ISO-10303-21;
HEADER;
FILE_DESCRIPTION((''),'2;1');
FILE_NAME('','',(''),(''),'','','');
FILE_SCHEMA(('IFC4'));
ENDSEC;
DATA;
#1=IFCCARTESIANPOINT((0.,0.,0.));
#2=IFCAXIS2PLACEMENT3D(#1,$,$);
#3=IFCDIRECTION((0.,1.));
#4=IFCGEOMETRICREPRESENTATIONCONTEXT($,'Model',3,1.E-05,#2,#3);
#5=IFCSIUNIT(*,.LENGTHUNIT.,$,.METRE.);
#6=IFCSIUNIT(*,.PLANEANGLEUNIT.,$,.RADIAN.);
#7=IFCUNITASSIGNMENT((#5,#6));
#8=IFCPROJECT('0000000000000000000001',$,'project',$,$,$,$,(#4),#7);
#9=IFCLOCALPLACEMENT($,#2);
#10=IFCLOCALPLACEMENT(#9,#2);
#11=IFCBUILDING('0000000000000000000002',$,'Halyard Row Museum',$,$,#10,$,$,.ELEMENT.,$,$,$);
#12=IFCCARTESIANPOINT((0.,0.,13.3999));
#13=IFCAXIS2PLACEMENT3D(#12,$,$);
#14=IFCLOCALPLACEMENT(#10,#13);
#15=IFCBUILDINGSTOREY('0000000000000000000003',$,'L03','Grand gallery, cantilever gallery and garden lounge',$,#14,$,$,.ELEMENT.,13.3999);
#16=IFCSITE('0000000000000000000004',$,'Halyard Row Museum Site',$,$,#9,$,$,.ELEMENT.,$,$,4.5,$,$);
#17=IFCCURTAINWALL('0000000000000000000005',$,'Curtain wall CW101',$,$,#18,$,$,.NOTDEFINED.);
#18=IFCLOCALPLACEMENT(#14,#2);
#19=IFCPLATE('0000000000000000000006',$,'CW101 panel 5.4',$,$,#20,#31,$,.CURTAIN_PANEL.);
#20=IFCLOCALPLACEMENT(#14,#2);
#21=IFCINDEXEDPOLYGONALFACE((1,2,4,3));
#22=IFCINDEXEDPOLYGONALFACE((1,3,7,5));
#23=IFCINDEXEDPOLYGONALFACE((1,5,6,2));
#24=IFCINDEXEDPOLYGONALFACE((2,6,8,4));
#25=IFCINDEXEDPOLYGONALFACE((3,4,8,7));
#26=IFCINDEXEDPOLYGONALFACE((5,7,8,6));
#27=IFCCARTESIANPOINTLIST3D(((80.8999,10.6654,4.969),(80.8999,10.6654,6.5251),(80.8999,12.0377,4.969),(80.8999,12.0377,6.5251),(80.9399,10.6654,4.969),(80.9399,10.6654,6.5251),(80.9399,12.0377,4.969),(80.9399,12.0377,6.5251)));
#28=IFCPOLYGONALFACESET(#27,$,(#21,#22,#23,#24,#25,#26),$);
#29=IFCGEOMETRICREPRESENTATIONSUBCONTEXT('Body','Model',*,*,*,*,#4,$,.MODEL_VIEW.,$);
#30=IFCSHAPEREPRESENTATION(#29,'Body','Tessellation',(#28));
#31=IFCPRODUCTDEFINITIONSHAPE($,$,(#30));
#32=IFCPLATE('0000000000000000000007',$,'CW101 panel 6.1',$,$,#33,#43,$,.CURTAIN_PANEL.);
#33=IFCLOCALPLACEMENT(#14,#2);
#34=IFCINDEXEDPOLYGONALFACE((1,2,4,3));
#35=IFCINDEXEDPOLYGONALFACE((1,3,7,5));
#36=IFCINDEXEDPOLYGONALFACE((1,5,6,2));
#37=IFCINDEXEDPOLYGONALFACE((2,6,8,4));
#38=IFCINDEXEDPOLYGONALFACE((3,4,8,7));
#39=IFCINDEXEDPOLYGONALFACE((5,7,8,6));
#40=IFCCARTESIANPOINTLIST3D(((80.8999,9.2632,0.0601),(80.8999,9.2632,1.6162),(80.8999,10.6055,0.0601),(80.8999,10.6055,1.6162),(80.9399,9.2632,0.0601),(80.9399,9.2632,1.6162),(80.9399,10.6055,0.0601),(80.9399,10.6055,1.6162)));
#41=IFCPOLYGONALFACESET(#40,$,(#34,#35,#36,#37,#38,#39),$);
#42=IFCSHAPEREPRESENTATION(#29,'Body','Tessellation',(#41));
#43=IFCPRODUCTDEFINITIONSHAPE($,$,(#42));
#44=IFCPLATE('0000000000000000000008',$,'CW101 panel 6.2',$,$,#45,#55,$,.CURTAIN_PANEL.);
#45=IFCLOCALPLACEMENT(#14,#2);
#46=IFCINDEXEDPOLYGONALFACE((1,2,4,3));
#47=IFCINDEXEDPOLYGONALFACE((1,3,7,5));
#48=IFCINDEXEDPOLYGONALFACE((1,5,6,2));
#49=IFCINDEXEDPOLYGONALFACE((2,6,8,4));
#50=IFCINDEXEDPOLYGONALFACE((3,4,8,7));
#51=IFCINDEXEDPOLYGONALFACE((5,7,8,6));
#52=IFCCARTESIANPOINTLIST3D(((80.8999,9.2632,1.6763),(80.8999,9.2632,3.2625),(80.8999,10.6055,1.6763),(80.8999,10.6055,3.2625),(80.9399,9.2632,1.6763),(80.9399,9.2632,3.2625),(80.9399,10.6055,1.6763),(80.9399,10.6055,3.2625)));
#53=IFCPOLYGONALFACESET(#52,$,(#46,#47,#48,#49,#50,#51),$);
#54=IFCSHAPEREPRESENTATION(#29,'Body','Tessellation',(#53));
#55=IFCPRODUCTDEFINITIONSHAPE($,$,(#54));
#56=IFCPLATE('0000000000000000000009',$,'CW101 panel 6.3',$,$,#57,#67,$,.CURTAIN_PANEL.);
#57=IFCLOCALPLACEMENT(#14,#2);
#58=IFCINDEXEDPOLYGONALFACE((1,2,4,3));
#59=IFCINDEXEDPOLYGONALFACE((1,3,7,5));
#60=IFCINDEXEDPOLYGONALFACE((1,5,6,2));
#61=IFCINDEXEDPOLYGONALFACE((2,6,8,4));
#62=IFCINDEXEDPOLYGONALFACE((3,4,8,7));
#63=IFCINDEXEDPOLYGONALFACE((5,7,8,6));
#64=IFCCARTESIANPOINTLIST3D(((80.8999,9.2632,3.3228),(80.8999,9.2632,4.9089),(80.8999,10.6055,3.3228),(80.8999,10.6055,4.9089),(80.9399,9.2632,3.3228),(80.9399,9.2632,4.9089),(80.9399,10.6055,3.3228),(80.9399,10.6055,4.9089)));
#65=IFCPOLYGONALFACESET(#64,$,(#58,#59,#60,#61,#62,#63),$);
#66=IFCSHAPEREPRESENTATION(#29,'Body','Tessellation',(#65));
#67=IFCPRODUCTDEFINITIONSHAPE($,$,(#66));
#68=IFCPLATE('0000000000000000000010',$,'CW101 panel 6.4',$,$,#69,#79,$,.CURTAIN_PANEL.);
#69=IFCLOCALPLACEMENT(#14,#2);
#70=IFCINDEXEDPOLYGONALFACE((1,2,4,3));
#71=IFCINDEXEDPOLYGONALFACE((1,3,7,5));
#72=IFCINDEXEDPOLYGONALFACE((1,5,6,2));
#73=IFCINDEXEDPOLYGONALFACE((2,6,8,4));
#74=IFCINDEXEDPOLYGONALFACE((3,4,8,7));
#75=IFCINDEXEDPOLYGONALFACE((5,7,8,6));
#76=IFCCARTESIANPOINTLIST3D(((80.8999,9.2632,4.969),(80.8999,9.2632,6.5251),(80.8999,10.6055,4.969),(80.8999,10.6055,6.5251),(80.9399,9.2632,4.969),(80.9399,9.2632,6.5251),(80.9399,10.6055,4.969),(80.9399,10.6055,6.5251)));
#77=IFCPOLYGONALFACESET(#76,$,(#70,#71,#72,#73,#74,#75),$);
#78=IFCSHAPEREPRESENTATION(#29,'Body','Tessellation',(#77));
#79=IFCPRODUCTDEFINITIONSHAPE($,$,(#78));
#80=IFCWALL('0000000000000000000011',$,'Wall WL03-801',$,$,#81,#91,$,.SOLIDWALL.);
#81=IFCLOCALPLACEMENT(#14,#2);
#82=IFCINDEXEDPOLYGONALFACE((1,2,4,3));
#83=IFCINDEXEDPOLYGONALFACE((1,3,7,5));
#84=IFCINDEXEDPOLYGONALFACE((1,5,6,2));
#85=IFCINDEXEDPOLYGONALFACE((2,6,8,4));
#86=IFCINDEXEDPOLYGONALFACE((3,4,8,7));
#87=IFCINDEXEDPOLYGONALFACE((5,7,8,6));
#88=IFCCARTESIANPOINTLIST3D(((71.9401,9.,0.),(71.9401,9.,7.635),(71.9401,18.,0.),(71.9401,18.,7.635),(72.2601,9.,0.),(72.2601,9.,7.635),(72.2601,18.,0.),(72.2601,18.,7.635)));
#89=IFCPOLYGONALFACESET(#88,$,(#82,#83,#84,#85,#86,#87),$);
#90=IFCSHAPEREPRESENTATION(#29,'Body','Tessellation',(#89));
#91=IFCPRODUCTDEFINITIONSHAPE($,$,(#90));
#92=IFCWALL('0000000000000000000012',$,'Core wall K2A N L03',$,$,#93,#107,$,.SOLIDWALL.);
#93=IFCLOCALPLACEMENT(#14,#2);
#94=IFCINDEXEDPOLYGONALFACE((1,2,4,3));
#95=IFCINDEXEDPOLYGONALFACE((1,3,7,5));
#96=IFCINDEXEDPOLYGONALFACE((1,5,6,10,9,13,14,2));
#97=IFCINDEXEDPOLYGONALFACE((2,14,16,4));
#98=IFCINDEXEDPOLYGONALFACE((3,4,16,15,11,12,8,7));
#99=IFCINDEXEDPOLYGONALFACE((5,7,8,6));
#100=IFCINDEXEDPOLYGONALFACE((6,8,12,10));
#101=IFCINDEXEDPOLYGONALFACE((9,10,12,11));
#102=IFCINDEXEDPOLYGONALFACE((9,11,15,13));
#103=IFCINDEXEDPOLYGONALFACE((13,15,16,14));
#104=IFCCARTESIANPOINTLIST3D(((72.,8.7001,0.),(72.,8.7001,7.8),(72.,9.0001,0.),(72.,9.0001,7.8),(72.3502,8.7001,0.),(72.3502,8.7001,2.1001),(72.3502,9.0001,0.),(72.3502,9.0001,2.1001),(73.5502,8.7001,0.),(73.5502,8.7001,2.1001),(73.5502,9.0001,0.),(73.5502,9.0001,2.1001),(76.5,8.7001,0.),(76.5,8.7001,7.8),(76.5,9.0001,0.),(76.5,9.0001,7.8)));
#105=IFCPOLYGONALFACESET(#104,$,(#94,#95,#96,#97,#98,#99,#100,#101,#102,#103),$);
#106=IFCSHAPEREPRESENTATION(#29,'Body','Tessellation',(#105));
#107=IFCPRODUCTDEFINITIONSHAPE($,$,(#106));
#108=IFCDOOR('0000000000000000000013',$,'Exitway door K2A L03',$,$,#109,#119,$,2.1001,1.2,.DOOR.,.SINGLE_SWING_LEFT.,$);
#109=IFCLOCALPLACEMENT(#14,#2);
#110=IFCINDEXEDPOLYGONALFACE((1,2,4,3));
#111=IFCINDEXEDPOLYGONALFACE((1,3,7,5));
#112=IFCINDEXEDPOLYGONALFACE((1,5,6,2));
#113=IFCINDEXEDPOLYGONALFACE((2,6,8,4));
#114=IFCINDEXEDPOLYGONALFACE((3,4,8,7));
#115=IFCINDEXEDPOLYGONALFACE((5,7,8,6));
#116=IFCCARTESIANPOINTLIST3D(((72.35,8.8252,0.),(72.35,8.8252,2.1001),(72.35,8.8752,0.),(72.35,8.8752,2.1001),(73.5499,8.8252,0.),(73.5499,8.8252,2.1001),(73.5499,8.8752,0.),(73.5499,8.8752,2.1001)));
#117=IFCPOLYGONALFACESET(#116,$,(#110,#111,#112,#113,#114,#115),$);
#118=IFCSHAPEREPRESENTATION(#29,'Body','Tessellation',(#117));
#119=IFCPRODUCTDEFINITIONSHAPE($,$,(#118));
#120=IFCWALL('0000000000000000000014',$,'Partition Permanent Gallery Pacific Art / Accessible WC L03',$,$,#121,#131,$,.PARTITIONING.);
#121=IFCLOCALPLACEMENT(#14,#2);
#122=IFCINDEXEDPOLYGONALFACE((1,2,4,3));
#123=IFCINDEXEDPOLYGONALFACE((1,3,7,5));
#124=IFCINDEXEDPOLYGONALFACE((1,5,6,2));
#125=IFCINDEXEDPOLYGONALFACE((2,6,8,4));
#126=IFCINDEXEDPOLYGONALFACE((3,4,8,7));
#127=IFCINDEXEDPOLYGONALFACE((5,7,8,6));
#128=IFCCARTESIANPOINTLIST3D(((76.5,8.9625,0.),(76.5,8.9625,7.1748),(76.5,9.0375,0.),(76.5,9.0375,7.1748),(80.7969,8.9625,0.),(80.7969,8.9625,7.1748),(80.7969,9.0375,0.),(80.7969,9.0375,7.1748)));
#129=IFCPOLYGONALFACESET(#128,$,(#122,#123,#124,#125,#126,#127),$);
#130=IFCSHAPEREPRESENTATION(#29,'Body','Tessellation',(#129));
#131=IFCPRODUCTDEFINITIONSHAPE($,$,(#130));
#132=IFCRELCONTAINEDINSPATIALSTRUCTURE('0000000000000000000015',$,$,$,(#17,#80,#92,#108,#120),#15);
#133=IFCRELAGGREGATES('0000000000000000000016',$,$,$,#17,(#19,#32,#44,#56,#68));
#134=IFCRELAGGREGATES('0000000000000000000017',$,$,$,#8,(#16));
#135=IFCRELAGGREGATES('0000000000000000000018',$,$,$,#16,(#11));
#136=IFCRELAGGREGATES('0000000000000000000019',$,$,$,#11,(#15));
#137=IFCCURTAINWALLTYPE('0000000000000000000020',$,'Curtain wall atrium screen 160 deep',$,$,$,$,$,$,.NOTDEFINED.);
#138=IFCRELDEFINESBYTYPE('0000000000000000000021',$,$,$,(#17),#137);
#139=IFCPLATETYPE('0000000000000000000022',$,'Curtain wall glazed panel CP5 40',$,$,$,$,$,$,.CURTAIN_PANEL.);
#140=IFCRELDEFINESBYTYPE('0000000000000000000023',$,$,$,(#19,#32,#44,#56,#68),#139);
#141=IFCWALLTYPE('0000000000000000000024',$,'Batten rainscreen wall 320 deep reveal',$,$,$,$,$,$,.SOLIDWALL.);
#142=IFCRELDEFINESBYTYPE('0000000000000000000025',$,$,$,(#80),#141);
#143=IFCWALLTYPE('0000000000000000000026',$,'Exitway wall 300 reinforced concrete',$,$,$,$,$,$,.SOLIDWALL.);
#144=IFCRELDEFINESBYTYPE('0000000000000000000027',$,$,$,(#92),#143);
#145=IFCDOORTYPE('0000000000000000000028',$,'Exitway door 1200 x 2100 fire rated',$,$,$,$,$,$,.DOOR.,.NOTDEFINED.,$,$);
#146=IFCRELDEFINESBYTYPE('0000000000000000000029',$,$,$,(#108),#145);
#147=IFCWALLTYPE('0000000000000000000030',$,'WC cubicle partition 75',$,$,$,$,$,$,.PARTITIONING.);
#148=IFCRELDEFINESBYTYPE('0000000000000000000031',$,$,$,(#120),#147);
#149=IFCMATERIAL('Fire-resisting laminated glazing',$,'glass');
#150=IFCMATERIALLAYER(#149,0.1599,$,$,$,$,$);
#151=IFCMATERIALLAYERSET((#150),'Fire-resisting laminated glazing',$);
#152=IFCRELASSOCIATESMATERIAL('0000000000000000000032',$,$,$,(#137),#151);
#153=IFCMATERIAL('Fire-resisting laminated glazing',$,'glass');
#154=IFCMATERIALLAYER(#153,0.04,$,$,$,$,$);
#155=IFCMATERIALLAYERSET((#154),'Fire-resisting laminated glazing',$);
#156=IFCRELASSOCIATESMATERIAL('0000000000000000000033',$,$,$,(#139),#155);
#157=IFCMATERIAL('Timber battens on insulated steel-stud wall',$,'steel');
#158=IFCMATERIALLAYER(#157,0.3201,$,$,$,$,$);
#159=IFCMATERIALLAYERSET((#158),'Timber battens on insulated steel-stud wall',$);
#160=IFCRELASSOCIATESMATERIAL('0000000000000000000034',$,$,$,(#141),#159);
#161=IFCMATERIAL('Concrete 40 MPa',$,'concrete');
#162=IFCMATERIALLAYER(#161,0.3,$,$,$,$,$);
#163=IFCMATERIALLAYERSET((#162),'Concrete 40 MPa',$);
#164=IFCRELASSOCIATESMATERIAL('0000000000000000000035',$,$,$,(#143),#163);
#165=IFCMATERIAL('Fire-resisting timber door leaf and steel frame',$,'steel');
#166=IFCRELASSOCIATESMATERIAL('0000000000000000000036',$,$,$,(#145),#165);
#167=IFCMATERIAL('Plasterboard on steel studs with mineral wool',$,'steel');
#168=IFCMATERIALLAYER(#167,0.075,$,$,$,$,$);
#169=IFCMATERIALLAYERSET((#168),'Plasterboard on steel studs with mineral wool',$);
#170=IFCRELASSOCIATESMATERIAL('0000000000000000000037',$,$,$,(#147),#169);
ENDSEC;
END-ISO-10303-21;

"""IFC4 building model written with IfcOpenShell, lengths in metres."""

from ifc_helpers import new_model, si_unit, direction, frame, frame_2d, origin, origin_2d, place, context, subcontext, project, spatial, rectangle, extrude, material, layer, layer_set, type_object, element, fill, aggregate, save


model = new_model("IFC4")

# Units and contexts
model_context = context("Model", 3, precision=1e-05, world=origin(), true_north=direction((0.0, 1.0)))
body_context = subcontext(model_context, "Body", "Model", "MODEL_VIEW")
ifc_project = project(units=[si_unit("LENGTHUNIT", "METRE"), si_unit("PLANEANGLEUNIT", "RADIAN")], contexts=[model_context])

# Site, building, storey
site_placement = place(None, origin())
site = spatial("IfcSite", under=ifc_project, at=site_placement, Name="Halyard Row Museum Site", CompositionType="ELEMENT", RefElevation=4.5)
building_placement = place(site_placement, origin())
building = spatial("IfcBuilding", under=site, at=building_placement, Name="Halyard Row Museum", CompositionType="ELEMENT")
storey_placement = place(building_placement, frame((0.0, 0.0, 13.3999)))
storey = spatial("IfcBuildingStorey", under=building, at=storey_placement, Name="L03", Description="Grand gallery, cantilever gallery and garden lounge", CompositionType="ELEMENT", Elevation=13.3999)

# Curtain wall
ifc_material_1 = material(Name="Fire-resisting laminated glazing", Category="glass")
ifc_layer_1 = layer(ifc_material_1, 0.1599)
ifc_layer_set_1 = layer_set([ifc_layer_1], Name="Fire-resisting laminated glazing")
curtain_wall_type = type_object("IfcCurtainWallType", Name="Curtain wall atrium screen 160 deep", PredefinedType="NOTDEFINED", material=ifc_layer_set_1)
curtain_wall_placement = place(storey_placement, origin())
curtain_wall = element("IfcCurtainWall", 1, at=curtain_wall_placement, inside=storey, type_object=curtain_wall_type, Name="Curtain wall CW101", PredefinedType="NOTDEFINED")

# Plates
ifc_material_2 = material(Name="Fire-resisting laminated glazing", Category="glass")
ifc_layer_2 = layer(ifc_material_2, 0.04)
ifc_layer_set_2 = layer_set([ifc_layer_2], Name="Fire-resisting laminated glazing")
plate_type = type_object("IfcPlateType", Name="Curtain wall glazed panel CP5 40", PredefinedType="CURTAIN_PANEL", material=ifc_layer_set_2)
plate_1_placement = place(storey_placement, frame((80.9199, 11.3516, 4.969), z_axis=(0.0, 0.0, 1.0), x_axis=(0.0, -1.0, 0.0)))
plate_1 = element("IfcPlate", 2, at=plate_1_placement, type_object=plate_type, Name="CW101 panel 5.4", PredefinedType="CURTAIN_PANEL", context=body_context, shape_type="SweptSolid", body=[
    extrude(rectangle(XDim=1.3723, YDim=0.04, at=origin_2d()), origin(), (0.0, 0.0, 1.0), 1.5562),
])
plate_2_placement = place(storey_placement, frame((80.9199, 9.9343, 0.0601), z_axis=(0.0, 0.0, 1.0), x_axis=(0.0, -1.0, 0.0)))
plate_2 = element("IfcPlate", 3, at=plate_2_placement, type_object=plate_type, Name="CW101 panel 6.1", PredefinedType="CURTAIN_PANEL", context=body_context, shape_type="SweptSolid", body=[
    extrude(rectangle(XDim=1.3423, YDim=0.04, at=origin_2d()), origin(), (0.0, 0.0, 1.0), 1.5562),
])
plate_3_placement = place(storey_placement, frame((80.9199, 9.9343, 1.6763), z_axis=(0.0, 0.0, 1.0), x_axis=(0.0, -1.0, 0.0)))
plate_3 = element("IfcPlate", 4, at=plate_3_placement, type_object=plate_type, Name="CW101 panel 6.2", PredefinedType="CURTAIN_PANEL", context=body_context, shape_type="SweptSolid", body=[
    extrude(rectangle(XDim=1.3423, YDim=0.04, at=origin_2d()), origin(), (0.0, 0.0, 1.0), 1.5862),
])
plate_4_placement = place(storey_placement, frame((80.9199, 9.9343, 3.3228), z_axis=(0.0, 0.0, 1.0), x_axis=(0.0, -1.0, 0.0)))
plate_4 = element("IfcPlate", 5, at=plate_4_placement, type_object=plate_type, Name="CW101 panel 6.3", PredefinedType="CURTAIN_PANEL", context=body_context, shape_type="SweptSolid", body=[
    extrude(rectangle(XDim=1.3423, YDim=0.04, at=origin_2d()), origin(), (0.0, 0.0, 1.0), 1.5862),
])
plate_5_placement = place(storey_placement, frame((80.9199, 9.9343, 4.969), z_axis=(0.0, 0.0, 1.0), x_axis=(0.0, -1.0, 0.0)))
plate_5 = element("IfcPlate", 6, at=plate_5_placement, type_object=plate_type, Name="CW101 panel 6.4", PredefinedType="CURTAIN_PANEL", context=body_context, shape_type="SweptSolid", body=[
    extrude(rectangle(XDim=1.3423, YDim=0.04, at=origin_2d()), origin(), (0.0, 0.0, 1.0), 1.5562),
])
aggregate(curtain_wall, [plate_1, plate_2, plate_3, plate_4, plate_5])

# Wall
ifc_material_3 = material(Name="Timber battens on insulated steel-stud wall", Category="steel")
ifc_layer_3 = layer(ifc_material_3, 0.3201)
ifc_layer_set_3 = layer_set([ifc_layer_3], Name="Timber battens on insulated steel-stud wall")
wall_type_1 = type_object("IfcWallType", Name="Batten rainscreen wall 320 deep reveal", PredefinedType="SOLIDWALL", material=ifc_layer_set_3)
wall_1_placement = place(storey_placement, frame((72.1001, 9.0, 0.0), z_axis=(0.0, 0.0, 1.0), x_axis=(0.0, 1.0, 0.0)))
element("IfcWall", 7, at=wall_1_placement, inside=storey, type_object=wall_type_1, Name="Wall WL03-801", PredefinedType="SOLIDWALL", context=body_context, shape_type="SweptSolid", body=[
    extrude(rectangle(XDim=9.0, YDim=0.3201, at=frame_2d((4.5, 0.0))), origin(), (0.0, 0.0, 1.0), 7.635),
])

# Wall, opening, door
ifc_material_4 = material(Name="Concrete 40 MPa", Category="concrete")
ifc_layer_4 = layer(ifc_material_4, 0.3)
ifc_layer_set_4 = layer_set([ifc_layer_4], Name="Concrete 40 MPa")
wall_type_2 = type_object("IfcWallType", Name="Exitway wall 300 reinforced concrete", PredefinedType="SOLIDWALL", material=ifc_layer_set_4)
wall_2_placement = place(storey_placement, frame((72.0, 8.8501, 0.0), z_axis=(0.0, 0.0, 1.0), x_axis=(1.0, 0.0, 0.0)))
wall_2 = element("IfcWall", 8, at=wall_2_placement, inside=storey, type_object=wall_type_2, Name="Core wall K2A N L03", PredefinedType="SOLIDWALL", context=body_context, shape_type="SweptSolid", body=[
    extrude(rectangle(XDim=4.5, YDim=0.3, at=frame_2d((2.25, 0.0))), origin(), (0.0, 0.0, 1.0), 7.8),
])
opening_placement = place(wall_2_placement, frame((0.3501, 0.0, 0.0)))
opening = element("IfcOpeningElement", 9, at=opening_placement, cuts=wall_2, PredefinedType="OPENING", context=body_context, shape_type="SweptSolid", body=[
    extrude(rectangle(XDim=1.2, YDim=2.1001, at=frame_2d((0.6001, 1.05))), frame((0.0, 0.1599, 0.0), z_axis=(0.0, -1.0, 0.0), x_axis=(1.0, 0.0, 0.0)), (0.0, 0.0, 1.0), 0.3201),
])
ifc_material_5 = material(Name="Fire-resisting timber door leaf and steel frame", Category="steel")
door_type = type_object("IfcDoorType", Name="Exitway door 1200 x 2100 fire rated", OperationType="NOTDEFINED", PredefinedType="DOOR", material=ifc_material_5)
door_placement = place(opening_placement, frame((1.2, 0.0, 0.0), z_axis=(0.0, 0.0, 1.0), x_axis=(-1.0, 0.0, 0.0)))
door = element("IfcDoor", 10, at=door_placement, inside=storey, type_object=door_type, Name="Exitway door K2A L03", OperationType="SINGLE_SWING_LEFT", OverallHeight=2.1001, OverallWidth=1.2, PredefinedType="DOOR", context=body_context, shape_type="SweptSolid", body=[
    extrude(rectangle(XDim=1.2, YDim=2.1001, at=frame_2d((0.6001, 1.05))), frame((0.0, 0.0249, 0.0), z_axis=(0.0, -1.0, 0.0), x_axis=(1.0, 0.0, 0.0)), (0.0, 0.0, 1.0), 0.05),
])
fill(opening, door)

# Wall
ifc_material_6 = material(Name="Plasterboard on steel studs with mineral wool", Category="steel")
ifc_layer_5 = layer(ifc_material_6, 0.075)
ifc_layer_set_5 = layer_set([ifc_layer_5], Name="Plasterboard on steel studs with mineral wool")
wall_type_3 = type_object("IfcWallType", Name="WC cubicle partition 75", PredefinedType="PARTITIONING", material=ifc_layer_set_5)
wall_3_placement = place(storey_placement, frame((76.5, 9.0, 0.0), z_axis=(0.0, 0.0, 1.0), x_axis=(1.0, 0.0, 0.0)))
element("IfcWall", 11, at=wall_3_placement, inside=storey, type_object=wall_type_3, Name="Partition Permanent Gallery Pacific Art / Accessible WC L03", PredefinedType="PARTITIONING", context=body_context, shape_type="SweptSolid", body=[
    extrude(rectangle(XDim=4.2969, YDim=0.075, at=frame_2d((2.1484, 0.0))), origin(), (0.0, 0.0, 1.0), 7.1748),
])

save(model, "model.ifc")
